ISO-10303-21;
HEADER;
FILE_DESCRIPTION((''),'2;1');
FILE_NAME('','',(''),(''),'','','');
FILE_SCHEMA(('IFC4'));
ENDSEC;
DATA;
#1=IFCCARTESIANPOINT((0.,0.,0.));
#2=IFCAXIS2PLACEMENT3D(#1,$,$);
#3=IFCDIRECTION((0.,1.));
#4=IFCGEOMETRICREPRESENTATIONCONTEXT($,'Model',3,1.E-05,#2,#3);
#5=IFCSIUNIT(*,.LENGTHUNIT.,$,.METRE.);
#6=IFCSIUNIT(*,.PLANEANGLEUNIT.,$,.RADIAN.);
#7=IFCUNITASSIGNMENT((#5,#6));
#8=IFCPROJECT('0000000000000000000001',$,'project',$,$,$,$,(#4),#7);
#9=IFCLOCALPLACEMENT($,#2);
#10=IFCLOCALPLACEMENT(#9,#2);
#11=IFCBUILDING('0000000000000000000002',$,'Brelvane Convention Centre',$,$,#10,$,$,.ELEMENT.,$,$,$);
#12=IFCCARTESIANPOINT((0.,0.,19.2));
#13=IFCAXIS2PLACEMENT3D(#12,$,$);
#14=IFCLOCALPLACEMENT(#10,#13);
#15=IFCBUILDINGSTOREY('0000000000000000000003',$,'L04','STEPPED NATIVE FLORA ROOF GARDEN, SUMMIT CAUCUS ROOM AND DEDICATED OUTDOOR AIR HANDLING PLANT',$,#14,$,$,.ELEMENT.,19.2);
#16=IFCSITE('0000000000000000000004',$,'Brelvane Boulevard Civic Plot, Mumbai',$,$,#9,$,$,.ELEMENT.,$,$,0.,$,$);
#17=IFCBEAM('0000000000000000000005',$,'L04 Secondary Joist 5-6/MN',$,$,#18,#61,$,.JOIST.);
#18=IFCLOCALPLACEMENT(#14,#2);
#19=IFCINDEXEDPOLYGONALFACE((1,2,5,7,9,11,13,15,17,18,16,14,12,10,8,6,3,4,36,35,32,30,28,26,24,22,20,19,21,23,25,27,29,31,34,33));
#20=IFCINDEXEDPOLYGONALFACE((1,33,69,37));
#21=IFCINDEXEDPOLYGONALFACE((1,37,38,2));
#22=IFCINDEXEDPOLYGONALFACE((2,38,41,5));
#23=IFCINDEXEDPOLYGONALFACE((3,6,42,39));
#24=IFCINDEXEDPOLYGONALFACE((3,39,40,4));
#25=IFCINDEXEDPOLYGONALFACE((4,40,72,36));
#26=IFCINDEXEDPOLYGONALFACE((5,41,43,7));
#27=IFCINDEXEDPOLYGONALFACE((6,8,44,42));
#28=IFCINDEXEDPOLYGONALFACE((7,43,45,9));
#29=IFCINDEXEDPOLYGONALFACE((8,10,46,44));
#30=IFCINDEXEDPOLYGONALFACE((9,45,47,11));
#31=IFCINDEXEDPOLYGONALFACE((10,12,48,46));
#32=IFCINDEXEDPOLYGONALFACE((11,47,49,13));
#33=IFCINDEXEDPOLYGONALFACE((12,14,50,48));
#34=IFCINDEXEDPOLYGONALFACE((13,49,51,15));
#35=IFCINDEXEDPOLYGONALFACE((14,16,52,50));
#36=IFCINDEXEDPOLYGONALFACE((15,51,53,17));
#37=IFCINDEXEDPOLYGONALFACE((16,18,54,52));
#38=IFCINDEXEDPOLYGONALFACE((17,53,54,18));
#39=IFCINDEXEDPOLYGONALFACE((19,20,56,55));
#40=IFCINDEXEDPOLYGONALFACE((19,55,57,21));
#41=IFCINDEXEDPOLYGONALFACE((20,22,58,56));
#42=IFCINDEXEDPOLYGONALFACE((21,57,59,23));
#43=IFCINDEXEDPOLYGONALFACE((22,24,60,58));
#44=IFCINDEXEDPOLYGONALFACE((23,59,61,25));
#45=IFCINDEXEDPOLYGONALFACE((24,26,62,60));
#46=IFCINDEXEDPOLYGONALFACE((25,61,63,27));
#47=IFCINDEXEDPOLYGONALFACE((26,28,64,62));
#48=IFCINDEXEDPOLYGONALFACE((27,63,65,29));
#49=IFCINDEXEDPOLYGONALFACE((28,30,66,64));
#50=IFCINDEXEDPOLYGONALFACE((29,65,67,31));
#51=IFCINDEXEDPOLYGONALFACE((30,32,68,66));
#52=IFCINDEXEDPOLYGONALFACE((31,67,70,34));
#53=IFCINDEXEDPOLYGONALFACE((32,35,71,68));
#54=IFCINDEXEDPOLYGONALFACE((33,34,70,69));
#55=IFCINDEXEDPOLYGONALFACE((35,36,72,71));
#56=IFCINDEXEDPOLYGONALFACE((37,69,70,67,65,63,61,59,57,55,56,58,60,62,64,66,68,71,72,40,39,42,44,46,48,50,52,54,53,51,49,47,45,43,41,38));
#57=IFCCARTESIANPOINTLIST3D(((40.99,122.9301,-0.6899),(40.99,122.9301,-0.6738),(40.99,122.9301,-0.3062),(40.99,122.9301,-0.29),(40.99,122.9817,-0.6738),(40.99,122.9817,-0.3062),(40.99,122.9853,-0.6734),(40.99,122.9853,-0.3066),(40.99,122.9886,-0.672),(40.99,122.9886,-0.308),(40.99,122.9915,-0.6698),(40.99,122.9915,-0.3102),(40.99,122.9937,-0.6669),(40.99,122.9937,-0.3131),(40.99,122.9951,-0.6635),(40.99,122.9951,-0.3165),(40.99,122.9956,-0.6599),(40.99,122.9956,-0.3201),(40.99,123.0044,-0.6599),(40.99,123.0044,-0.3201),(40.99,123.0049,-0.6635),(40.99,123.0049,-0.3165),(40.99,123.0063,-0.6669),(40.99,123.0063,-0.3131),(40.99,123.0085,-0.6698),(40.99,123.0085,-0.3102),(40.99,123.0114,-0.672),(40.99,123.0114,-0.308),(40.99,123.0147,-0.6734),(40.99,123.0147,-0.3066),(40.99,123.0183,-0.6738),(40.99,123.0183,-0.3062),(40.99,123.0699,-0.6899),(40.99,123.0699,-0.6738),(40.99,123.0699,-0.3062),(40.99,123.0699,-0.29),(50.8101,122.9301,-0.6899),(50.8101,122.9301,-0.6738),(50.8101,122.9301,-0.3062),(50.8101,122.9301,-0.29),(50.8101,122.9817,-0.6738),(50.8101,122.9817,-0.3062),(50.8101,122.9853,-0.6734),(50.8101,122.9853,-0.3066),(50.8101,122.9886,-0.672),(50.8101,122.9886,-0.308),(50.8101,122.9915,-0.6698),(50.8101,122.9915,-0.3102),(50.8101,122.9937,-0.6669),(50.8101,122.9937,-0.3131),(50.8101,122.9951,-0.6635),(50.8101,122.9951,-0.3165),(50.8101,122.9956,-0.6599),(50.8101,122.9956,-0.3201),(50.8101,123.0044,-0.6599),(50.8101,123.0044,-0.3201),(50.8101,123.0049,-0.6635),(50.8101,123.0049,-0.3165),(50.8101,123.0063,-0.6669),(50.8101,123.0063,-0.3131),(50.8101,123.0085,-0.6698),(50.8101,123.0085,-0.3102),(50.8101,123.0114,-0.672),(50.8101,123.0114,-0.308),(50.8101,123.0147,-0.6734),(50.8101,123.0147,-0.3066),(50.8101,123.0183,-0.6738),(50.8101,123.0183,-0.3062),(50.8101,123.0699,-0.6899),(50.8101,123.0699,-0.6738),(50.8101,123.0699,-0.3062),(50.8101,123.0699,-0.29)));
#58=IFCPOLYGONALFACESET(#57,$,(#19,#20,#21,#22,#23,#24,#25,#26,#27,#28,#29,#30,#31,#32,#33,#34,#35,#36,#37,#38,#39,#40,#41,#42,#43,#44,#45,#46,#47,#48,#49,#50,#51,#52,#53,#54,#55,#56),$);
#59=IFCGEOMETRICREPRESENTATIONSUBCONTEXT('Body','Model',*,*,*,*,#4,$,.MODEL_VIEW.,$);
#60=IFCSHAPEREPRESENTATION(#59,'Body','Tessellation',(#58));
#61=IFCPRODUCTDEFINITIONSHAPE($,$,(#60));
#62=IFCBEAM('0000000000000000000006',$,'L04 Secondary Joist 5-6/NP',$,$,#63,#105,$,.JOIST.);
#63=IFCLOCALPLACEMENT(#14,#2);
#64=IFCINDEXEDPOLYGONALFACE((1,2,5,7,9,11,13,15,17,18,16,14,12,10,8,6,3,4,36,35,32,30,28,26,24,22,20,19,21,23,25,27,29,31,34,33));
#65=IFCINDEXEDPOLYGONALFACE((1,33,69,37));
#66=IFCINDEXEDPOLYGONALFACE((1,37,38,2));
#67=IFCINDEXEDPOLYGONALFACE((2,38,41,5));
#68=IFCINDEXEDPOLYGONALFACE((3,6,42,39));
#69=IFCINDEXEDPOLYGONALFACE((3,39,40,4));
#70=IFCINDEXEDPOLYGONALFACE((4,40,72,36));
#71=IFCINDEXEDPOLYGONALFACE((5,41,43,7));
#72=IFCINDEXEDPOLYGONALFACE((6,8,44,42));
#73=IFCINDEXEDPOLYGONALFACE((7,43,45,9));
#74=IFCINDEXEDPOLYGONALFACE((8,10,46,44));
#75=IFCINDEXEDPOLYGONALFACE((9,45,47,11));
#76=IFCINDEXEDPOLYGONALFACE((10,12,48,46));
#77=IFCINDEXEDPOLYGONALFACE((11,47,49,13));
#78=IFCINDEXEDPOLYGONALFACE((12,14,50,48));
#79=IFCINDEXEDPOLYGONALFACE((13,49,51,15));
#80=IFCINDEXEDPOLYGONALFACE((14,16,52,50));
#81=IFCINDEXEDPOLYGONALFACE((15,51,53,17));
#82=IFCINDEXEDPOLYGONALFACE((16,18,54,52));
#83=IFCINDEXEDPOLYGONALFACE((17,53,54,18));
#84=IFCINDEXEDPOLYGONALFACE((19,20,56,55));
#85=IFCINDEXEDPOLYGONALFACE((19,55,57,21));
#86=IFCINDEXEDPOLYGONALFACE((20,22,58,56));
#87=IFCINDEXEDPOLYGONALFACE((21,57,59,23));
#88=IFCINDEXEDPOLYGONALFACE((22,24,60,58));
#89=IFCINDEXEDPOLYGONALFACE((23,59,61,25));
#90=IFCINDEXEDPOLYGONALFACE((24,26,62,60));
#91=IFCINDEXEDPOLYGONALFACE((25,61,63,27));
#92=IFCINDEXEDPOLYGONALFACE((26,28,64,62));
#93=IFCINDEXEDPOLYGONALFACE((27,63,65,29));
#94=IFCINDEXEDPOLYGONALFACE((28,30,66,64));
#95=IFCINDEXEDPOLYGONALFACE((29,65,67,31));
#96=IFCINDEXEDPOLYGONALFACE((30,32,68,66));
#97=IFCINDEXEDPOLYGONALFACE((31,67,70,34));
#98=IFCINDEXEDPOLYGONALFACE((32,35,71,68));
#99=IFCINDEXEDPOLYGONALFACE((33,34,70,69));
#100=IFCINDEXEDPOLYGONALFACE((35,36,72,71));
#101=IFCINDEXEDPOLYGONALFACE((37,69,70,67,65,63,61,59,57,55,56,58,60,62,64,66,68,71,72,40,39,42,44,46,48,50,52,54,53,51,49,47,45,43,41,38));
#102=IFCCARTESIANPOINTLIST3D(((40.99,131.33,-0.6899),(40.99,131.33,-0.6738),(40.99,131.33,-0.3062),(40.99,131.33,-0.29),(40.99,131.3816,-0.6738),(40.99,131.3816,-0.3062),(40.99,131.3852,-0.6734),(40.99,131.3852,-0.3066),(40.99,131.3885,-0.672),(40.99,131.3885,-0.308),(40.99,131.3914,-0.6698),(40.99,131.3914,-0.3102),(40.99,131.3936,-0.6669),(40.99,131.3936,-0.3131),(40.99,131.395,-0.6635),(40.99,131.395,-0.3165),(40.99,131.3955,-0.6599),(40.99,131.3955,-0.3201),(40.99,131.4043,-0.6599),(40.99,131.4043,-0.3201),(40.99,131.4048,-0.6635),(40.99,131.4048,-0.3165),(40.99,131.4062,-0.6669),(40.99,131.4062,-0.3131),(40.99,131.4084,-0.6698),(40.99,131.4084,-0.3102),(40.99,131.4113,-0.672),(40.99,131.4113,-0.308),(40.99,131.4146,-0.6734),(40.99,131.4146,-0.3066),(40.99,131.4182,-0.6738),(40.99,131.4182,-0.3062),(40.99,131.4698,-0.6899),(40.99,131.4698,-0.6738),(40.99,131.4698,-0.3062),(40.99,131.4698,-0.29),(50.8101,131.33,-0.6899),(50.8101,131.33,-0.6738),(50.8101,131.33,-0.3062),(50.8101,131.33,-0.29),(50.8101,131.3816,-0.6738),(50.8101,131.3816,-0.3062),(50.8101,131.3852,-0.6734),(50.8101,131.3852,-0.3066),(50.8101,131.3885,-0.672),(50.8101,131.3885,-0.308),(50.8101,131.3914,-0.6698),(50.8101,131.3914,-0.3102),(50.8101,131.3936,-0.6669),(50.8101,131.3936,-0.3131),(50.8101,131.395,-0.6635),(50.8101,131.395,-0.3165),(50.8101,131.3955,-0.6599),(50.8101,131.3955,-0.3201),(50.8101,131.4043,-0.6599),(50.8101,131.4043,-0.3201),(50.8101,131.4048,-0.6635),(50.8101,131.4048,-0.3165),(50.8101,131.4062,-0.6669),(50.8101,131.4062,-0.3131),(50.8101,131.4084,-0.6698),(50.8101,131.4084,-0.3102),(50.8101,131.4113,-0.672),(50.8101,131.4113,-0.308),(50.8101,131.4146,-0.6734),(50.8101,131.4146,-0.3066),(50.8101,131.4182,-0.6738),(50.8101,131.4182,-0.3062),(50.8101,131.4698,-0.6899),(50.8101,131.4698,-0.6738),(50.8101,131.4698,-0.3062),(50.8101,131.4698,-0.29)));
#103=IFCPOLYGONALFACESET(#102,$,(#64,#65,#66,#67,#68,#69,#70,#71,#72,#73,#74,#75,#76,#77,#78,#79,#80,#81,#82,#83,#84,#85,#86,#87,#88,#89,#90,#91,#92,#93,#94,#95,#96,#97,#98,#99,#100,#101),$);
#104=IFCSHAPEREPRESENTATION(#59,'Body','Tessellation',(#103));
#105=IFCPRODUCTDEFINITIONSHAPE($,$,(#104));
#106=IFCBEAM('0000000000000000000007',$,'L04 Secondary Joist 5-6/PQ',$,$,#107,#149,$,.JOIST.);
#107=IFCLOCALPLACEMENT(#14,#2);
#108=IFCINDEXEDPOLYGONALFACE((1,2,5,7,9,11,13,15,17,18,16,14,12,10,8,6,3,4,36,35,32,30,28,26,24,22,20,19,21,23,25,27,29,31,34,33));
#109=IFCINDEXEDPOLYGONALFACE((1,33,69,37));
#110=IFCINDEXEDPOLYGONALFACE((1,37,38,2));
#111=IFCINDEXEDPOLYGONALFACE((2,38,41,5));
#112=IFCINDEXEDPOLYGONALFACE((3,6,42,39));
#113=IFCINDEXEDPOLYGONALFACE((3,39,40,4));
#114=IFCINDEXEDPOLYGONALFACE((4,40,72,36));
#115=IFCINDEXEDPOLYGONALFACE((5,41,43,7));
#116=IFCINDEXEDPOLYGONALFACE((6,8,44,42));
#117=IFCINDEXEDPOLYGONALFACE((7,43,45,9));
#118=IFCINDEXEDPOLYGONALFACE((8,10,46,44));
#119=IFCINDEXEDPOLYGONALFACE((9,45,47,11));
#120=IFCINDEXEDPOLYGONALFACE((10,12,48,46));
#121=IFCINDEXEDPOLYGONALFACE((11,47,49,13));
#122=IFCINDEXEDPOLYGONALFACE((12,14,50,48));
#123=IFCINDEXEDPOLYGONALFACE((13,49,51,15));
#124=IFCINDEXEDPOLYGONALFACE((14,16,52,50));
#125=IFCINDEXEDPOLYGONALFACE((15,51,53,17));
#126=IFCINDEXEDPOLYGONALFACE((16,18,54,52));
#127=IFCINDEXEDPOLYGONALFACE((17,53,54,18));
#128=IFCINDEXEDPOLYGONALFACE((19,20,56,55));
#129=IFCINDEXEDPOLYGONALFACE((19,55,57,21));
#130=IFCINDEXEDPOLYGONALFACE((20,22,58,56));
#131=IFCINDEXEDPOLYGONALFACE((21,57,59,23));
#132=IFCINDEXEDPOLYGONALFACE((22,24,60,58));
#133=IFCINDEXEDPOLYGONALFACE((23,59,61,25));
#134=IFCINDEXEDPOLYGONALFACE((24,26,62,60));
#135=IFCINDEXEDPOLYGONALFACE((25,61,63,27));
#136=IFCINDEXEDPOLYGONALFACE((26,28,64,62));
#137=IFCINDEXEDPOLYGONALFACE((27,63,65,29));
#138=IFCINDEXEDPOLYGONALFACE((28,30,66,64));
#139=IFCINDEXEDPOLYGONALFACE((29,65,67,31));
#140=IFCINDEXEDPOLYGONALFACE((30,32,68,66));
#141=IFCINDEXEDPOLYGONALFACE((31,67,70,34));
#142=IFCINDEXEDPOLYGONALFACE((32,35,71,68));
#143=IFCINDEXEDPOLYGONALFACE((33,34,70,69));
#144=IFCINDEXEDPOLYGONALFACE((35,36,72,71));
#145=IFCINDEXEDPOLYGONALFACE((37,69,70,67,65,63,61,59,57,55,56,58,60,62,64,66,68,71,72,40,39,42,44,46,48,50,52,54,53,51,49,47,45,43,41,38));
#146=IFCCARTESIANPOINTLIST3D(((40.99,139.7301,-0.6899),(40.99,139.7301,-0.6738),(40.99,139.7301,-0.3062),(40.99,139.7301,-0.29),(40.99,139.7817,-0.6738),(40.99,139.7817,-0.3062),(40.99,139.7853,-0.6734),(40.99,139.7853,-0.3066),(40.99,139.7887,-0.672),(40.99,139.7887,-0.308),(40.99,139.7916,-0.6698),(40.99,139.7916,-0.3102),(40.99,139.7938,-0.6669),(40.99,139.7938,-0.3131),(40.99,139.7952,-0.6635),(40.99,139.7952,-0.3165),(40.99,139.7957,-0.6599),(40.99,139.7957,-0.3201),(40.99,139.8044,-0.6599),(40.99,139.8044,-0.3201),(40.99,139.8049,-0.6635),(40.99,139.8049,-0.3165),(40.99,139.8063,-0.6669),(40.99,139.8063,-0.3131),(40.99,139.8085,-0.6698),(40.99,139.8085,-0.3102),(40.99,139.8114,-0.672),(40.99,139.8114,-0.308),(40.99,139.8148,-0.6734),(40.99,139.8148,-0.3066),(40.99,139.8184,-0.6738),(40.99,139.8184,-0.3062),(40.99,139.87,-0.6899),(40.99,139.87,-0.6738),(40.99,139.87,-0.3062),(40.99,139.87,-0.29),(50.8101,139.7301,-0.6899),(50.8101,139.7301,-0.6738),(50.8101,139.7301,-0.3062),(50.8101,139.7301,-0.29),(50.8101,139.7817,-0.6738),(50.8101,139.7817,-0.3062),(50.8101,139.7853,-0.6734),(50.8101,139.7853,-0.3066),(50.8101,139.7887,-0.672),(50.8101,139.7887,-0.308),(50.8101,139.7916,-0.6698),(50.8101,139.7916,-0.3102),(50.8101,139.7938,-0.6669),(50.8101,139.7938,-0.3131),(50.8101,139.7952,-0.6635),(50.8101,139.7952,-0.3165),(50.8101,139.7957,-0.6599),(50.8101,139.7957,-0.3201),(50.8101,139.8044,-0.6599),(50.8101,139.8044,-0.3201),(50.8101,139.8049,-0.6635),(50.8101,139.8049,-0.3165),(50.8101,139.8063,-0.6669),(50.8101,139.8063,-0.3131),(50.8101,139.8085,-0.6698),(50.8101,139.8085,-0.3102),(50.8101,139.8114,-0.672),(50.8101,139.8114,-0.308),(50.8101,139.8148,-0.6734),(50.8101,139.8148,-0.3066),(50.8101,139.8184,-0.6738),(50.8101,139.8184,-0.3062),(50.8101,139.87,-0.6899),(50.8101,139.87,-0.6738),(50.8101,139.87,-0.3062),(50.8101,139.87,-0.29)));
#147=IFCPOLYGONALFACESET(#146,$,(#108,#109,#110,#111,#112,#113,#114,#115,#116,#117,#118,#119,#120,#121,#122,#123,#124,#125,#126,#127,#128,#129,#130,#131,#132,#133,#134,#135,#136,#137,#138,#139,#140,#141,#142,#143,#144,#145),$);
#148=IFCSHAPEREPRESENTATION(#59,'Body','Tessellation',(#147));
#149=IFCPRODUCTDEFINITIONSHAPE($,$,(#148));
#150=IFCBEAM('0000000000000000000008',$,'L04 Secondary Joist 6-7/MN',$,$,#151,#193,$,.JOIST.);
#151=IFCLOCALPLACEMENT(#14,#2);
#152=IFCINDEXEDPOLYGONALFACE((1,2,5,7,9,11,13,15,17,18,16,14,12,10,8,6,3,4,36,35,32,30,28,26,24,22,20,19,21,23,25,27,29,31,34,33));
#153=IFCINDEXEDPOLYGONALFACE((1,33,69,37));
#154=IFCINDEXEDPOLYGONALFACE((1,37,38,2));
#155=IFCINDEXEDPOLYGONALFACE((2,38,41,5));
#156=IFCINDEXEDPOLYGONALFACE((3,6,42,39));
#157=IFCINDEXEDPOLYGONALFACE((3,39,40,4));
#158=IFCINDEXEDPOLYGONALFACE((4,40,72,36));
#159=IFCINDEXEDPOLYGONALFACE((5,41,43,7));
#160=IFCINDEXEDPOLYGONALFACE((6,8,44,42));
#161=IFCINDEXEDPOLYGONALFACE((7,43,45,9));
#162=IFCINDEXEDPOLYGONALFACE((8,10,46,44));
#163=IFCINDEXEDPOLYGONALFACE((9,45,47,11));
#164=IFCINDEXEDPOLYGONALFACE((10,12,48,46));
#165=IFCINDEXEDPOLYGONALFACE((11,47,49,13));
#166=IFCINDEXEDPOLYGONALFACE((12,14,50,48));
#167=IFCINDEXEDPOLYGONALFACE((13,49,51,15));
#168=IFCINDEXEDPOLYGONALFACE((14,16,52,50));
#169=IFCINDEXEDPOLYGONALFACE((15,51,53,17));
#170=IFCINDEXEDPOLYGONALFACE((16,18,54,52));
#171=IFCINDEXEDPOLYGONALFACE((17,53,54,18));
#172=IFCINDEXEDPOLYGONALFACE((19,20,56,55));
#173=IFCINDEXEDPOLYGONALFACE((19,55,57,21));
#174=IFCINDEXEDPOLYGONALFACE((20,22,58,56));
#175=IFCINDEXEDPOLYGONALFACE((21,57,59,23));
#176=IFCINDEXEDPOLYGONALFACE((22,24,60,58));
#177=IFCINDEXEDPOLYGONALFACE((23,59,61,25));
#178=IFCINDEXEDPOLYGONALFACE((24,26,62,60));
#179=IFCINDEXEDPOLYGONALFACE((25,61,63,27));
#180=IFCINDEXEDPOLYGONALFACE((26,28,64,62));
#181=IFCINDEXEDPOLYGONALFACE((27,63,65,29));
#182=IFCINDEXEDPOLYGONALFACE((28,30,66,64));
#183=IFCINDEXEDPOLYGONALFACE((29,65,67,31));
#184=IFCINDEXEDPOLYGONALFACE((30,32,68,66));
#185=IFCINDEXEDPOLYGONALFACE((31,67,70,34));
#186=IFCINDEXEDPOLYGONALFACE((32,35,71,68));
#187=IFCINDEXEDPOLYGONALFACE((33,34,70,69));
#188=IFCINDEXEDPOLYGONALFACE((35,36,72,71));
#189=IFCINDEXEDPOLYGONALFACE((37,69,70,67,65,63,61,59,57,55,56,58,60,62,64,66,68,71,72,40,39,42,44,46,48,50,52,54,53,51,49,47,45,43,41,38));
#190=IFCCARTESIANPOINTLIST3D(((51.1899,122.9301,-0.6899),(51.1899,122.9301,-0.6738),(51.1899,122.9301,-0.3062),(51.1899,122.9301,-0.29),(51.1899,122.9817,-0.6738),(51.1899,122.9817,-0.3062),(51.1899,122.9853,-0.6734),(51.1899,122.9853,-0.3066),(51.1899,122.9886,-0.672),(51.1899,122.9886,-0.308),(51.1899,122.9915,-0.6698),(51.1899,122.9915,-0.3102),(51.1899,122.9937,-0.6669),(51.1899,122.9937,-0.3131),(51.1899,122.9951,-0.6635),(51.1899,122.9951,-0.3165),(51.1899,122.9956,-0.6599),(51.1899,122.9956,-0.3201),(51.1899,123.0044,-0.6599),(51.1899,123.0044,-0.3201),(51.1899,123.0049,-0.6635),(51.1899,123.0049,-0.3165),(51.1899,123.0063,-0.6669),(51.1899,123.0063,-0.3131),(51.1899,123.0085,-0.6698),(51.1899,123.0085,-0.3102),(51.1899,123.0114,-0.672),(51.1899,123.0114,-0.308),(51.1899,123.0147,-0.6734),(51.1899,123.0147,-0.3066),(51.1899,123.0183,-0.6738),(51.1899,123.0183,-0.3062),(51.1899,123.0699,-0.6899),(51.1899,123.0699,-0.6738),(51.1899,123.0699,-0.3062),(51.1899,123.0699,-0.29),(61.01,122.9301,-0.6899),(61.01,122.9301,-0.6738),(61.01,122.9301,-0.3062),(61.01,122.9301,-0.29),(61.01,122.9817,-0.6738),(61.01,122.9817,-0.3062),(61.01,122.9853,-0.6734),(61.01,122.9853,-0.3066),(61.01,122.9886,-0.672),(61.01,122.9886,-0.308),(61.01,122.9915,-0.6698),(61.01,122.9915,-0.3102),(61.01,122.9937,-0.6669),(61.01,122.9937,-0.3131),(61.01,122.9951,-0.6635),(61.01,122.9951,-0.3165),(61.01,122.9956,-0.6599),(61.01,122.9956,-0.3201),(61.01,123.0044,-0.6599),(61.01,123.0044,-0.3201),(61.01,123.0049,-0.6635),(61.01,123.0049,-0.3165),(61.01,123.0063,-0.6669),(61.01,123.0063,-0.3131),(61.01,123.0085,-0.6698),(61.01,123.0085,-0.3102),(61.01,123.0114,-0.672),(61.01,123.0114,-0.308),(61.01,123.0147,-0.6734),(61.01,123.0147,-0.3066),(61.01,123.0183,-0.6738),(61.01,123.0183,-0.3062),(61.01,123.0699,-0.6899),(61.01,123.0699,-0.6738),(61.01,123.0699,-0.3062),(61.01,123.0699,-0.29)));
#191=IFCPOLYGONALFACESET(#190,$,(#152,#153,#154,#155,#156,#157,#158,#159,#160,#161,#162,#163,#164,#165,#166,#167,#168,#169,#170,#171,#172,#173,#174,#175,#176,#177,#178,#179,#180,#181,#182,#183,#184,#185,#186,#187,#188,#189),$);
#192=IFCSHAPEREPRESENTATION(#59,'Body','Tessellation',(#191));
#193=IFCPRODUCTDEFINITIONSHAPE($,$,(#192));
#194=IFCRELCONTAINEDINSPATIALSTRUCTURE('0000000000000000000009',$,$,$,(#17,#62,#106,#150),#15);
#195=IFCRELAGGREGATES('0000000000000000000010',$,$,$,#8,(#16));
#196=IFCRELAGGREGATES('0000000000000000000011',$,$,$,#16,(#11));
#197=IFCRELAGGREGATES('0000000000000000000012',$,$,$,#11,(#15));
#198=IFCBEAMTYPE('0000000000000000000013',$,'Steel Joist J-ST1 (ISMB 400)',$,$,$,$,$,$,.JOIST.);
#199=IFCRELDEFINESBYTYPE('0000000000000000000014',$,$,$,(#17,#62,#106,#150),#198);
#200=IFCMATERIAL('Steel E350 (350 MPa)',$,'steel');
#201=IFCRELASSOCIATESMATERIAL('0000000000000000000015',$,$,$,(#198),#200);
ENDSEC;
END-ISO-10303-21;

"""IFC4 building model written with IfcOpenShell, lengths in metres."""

from ifc_helpers import new_model, si_unit, direction, frame, origin, origin_2d, place, context, subcontext, project, spatial, i_section, extrude, material, material_profile, profile_set, type_object, element, save


model = new_model("IFC4")

# Units and contexts
model_context = context("Model", 3, precision=1e-05, world=origin(), true_north=direction((0.0, 1.0)))
body_context = subcontext(model_context, "Body", "Model", "MODEL_VIEW")
ifc_project = project(units=[si_unit("LENGTHUNIT", "METRE"), si_unit("PLANEANGLEUNIT", "RADIAN")], contexts=[model_context])

# Site, building, storey
site_placement = place(None, origin())
site = spatial("IfcSite", under=ifc_project, at=site_placement, Name="Brelvane Boulevard Civic Plot, Mumbai", CompositionType="ELEMENT", RefElevation=0.0)
building_placement = place(site_placement, origin())
building = spatial("IfcBuilding", under=site, at=building_placement, Name="Brelvane Convention Centre", CompositionType="ELEMENT")
storey_placement = place(building_placement, frame((0.0, 0.0, 19.2)))
storey = spatial("IfcBuildingStorey", under=building, at=storey_placement, Name="L04", Description="STEPPED NATIVE FLORA ROOF GARDEN, SUMMIT CAUCUS ROOM AND DEDICATED OUTDOOR AIR HANDLING PLANT", CompositionType="ELEMENT", Elevation=19.2)

# Beams
ifc_material_1 = material(Name="Steel E350 (350 MPa)", Category="steel")
ifc_material_profile_1 = material_profile(ifc_material_1, i_section(OverallWidth=0.1399, OverallDepth=0.3999, WebThickness=0.0088, FlangeThickness=0.0161, FilletRadius=0.0139, at=origin_2d()), Name="ISMB 400")
ifc_profile_set_1 = profile_set([ifc_material_profile_1], Name="Steel E350 (350 MPa)")
beam_type_1 = type_object("IfcBeamType", Name="Steel Joist J-ST1 (ISMB 400)", PredefinedType="JOIST", material=ifc_profile_set_1)
for number, where, z_axis, x_axis, name in (
    (1, (40.99, 123.0, -0.49), (1.0, 0.0, 0.0), (0.0, 1.0, 0.0), "L04 Secondary Joist 5-6/MN"),
    (2, (40.99, 131.3999, -0.49), (1.0, 0.0, 0.0), (0.0, 1.0, 0.0), "L04 Secondary Joist 5-6/NP"),
    (3, (40.99, 139.8, -0.49), (1.0, 0.0, 0.0), (0.0, 1.0, 0.0), "L04 Secondary Joist 5-6/PQ"),
    (4, (51.1899, 123.0, -0.49), (1.0, 0.0, 0.0), (0.0, 1.0, 0.0), "L04 Secondary Joist 6-7/MN"),
):
    element("IfcBeam", number, at=place(storey_placement, frame(where, z_axis=z_axis, x_axis=x_axis)), inside=storey, type_object=beam_type_1, Name=name, PredefinedType="JOIST", context=body_context, shape_type="SweptSolid", body=[
        extrude(i_section(OverallWidth=0.1399, OverallDepth=0.3999, WebThickness=0.0088, FlangeThickness=0.0161, FilletRadius=0.0139, at=origin_2d()), origin(), (0.0, 0.0, 1.0), 9.8201),
    ])

save(model, "model.ifc")
